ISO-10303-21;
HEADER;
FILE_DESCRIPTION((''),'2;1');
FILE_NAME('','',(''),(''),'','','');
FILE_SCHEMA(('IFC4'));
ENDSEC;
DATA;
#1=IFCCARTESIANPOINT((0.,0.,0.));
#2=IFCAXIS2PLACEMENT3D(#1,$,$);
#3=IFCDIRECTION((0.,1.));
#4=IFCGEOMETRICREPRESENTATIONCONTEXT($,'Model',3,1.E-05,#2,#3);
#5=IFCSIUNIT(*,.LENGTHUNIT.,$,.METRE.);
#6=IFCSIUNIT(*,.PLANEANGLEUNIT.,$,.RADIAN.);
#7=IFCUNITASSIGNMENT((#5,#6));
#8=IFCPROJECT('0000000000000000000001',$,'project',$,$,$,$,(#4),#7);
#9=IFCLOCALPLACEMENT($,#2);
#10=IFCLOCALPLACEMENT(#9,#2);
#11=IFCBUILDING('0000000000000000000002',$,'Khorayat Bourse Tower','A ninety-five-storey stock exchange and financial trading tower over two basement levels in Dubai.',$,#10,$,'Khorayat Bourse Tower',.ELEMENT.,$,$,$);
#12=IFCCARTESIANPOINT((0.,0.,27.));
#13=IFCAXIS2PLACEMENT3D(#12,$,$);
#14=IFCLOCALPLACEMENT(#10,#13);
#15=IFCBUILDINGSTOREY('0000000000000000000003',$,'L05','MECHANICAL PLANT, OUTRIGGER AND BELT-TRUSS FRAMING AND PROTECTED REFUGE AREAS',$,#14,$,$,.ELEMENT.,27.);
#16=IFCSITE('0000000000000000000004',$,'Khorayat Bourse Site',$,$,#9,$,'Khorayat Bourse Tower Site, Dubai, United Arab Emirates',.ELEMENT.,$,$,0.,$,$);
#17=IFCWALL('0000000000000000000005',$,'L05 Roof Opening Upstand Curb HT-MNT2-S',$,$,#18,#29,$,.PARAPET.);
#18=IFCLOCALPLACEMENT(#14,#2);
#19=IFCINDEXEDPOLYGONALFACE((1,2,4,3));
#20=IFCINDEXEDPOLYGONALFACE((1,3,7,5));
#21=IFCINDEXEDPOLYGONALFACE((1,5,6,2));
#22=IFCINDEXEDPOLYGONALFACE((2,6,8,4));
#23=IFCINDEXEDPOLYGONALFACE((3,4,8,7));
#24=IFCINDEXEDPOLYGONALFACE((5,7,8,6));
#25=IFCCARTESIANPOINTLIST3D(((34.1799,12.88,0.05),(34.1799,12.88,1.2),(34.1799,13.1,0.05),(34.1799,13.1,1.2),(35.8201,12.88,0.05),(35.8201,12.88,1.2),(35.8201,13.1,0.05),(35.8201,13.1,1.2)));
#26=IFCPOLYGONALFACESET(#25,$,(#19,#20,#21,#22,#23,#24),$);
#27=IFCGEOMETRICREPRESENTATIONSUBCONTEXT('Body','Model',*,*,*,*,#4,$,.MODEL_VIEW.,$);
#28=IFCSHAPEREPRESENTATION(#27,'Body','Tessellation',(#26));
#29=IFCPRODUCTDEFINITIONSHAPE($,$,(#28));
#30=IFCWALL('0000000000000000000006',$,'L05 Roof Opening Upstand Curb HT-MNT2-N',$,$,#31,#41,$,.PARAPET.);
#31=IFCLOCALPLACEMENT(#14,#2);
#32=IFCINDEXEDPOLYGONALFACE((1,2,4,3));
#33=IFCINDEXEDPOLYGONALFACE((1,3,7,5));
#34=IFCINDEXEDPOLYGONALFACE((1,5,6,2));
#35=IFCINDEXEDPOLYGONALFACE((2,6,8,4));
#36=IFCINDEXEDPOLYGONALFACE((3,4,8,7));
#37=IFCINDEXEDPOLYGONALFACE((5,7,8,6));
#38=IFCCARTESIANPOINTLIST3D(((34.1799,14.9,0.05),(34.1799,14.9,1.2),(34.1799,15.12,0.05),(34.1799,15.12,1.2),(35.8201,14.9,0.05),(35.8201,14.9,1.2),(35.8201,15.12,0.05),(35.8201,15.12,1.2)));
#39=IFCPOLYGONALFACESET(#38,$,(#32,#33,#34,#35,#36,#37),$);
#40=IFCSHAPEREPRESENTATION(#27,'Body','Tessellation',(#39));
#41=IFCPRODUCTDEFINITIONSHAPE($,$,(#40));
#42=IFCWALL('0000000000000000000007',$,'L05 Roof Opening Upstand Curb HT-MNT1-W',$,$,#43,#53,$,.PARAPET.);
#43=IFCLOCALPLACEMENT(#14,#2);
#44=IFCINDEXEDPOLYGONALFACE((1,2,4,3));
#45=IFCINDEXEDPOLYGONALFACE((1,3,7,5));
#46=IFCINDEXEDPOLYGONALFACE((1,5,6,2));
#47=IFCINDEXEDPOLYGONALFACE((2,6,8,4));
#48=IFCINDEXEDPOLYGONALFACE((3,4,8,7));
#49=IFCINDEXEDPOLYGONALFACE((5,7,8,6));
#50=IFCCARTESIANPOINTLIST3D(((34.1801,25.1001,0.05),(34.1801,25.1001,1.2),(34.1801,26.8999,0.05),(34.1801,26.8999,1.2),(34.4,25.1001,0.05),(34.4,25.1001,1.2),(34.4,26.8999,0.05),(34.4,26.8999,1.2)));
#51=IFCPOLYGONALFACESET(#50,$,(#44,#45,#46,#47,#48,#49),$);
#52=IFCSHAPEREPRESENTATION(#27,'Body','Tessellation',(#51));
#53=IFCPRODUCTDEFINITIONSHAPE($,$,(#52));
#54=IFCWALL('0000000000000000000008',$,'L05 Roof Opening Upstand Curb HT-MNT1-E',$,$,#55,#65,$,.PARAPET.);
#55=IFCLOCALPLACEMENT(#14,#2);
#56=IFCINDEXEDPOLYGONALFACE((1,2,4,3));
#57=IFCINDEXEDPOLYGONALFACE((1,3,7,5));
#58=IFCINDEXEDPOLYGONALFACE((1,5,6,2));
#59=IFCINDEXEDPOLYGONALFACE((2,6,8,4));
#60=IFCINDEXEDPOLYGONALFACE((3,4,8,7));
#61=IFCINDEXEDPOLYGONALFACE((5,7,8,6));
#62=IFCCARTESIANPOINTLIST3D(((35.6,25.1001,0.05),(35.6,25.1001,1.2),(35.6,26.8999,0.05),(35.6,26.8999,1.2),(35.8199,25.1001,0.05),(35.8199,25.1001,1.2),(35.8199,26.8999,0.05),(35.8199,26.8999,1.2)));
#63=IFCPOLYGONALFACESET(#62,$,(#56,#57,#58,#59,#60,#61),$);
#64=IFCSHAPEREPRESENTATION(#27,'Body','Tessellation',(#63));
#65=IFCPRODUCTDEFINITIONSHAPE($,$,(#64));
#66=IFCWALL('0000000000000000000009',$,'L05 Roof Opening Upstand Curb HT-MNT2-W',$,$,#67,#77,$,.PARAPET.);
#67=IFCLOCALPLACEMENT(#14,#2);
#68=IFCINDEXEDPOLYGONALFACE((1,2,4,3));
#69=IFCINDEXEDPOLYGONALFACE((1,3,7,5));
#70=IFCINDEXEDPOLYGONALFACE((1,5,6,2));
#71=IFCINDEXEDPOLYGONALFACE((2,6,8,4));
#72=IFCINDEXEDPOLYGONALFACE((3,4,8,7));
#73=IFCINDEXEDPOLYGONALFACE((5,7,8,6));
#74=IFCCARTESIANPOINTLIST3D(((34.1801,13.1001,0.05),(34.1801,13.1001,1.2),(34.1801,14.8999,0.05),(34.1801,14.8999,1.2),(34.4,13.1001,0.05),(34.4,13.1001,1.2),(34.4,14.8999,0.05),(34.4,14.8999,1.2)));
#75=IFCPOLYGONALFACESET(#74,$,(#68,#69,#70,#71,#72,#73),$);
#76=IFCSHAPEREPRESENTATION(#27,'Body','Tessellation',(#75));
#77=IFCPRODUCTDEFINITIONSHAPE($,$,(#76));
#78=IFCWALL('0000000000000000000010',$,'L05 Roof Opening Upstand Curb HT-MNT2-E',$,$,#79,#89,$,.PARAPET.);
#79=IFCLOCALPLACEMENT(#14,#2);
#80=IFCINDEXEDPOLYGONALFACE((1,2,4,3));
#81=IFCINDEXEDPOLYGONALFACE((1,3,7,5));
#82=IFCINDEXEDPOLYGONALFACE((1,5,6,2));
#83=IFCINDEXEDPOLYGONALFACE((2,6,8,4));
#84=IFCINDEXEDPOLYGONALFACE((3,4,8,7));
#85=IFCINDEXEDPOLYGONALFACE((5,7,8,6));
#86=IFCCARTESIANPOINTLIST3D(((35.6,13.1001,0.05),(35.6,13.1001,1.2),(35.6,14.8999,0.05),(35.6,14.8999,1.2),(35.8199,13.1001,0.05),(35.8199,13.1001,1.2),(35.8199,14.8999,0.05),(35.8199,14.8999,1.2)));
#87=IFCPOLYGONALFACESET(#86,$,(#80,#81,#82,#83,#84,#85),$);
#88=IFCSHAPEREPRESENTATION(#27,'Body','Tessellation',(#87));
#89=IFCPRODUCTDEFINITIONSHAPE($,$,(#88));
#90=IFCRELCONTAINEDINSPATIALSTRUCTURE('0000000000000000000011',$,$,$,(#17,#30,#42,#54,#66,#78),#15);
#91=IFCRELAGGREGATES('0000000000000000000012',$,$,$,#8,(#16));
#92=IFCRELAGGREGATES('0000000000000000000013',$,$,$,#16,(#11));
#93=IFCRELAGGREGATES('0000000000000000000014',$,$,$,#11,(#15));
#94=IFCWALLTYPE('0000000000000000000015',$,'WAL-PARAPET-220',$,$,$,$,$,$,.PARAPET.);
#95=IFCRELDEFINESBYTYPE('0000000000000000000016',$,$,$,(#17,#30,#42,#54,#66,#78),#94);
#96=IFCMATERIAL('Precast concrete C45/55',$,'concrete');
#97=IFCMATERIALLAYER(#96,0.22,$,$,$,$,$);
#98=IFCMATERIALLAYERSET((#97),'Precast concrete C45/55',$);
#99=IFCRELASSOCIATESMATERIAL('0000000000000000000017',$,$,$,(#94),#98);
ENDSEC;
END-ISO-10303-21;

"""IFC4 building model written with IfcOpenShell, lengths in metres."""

from ifc_helpers import new_model, si_unit, direction, frame, frame_2d, origin, place, context, subcontext, project, spatial, rectangle, extrude, source, transform, mapped, material, layer, layer_set, type_object, element, save


model = new_model("IFC4")

# Units and contexts
model_context = context("Model", 3, precision=1e-05, world=origin(), true_north=direction((0.0, 1.0)))
body_context = subcontext(model_context, "Body", "Model", "MODEL_VIEW")
ifc_project = project(units=[si_unit("LENGTHUNIT", "METRE"), si_unit("PLANEANGLEUNIT", "RADIAN")], contexts=[model_context])

# Site, building, storey
site_placement = place(None, origin())
site = spatial("IfcSite", under=ifc_project, at=site_placement, Name="Khorayat Bourse Site", LongName="Khorayat Bourse Tower Site, Dubai, United Arab Emirates", CompositionType="ELEMENT", RefElevation=0.0)
building_placement = place(site_placement, origin())
building = spatial("IfcBuilding", under=site, at=building_placement, Name="Khorayat Bourse Tower", Description="A ninety-five-storey stock exchange and financial trading tower over two basement levels in Dubai.", LongName="Khorayat Bourse Tower", CompositionType="ELEMENT")
storey_placement = place(building_placement, frame((0.0, 0.0, 27.0)))
storey = spatial("IfcBuildingStorey", under=building, at=storey_placement, Name="L05", Description="MECHANICAL PLANT, OUTRIGGER AND BELT-TRUSS FRAMING AND PROTECTED REFUGE AREAS", CompositionType="ELEMENT", Elevation=27.0)

# Shared definitions
ifc_material_1 = material(Name="Precast concrete C45/55", Category="concrete")

# Walls
ifc_layer_1 = layer(ifc_material_1, 0.22)
ifc_layer_set_1 = layer_set([ifc_layer_1], Name="Precast concrete C45/55")
wall_type_1 = type_object("IfcWallType", Name="WAL-PARAPET-220", PredefinedType="PARAPET", material=ifc_layer_set_1)
shared_shape_1 = source(origin(), body_context, "Body", "SweptSolid", [
    extrude(rectangle(XDim=1.6401, YDim=0.22, at=frame_2d((0.8201, 0.0))), origin(), (0.0, 0.0, 1.0), 1.1499),
])
for number, where, z_axis, x_axis, name in (
    (1, (34.1799, 12.99, 0.05), (0.0, 0.0, 1.0), (1.0, 0.0, 0.0), "L05 Roof Opening Upstand Curb HT-MNT2-S"),
    (2, (34.1799, 15.01, 0.05), (0.0, 0.0, 1.0), (1.0, 0.0, 0.0), "L05 Roof Opening Upstand Curb HT-MNT2-N"),
):
    element("IfcWall", number, at=place(storey_placement, frame(where, z_axis=z_axis, x_axis=x_axis)), inside=storey, type_object=wall_type_1, Name=name, PredefinedType="PARAPET", context=body_context, shape_type="MappedRepresentation", body=[
        mapped(shared_shape_1, transform((0.0, 0.0, 0.0), scale=1.0)),
    ])
shared_shape_2 = source(origin(), body_context, "Body", "SweptSolid", [
    extrude(rectangle(XDim=1.7998, YDim=0.22, at=frame_2d((0.8999, 0.0))), origin(), (0.0, 0.0, 1.0), 1.1499),
])
for number, where, z_axis, x_axis, name in (
    (3, (34.29, 25.1001, 0.05), (0.0, 0.0, 1.0), (0.0, 1.0, 0.0), "L05 Roof Opening Upstand Curb HT-MNT1-W"),
    (4, (35.71, 25.1001, 0.05), (0.0, 0.0, 1.0), (0.0, 1.0, 0.0), "L05 Roof Opening Upstand Curb HT-MNT1-E"),
    (5, (34.29, 13.1001, 0.05), (0.0, 0.0, 1.0), (0.0, 1.0, 0.0), "L05 Roof Opening Upstand Curb HT-MNT2-W"),
    (6, (35.71, 13.1001, 0.05), (0.0, 0.0, 1.0), (0.0, 1.0, 0.0), "L05 Roof Opening Upstand Curb HT-MNT2-E"),
):
    element("IfcWall", number, at=place(storey_placement, frame(where, z_axis=z_axis, x_axis=x_axis)), inside=storey, type_object=wall_type_1, Name=name, PredefinedType="PARAPET", context=body_context, shape_type="MappedRepresentation", body=[
        mapped(shared_shape_2, transform((0.0, 0.0, 0.0), scale=1.0)),
    ])

save(model, "model.ifc")
